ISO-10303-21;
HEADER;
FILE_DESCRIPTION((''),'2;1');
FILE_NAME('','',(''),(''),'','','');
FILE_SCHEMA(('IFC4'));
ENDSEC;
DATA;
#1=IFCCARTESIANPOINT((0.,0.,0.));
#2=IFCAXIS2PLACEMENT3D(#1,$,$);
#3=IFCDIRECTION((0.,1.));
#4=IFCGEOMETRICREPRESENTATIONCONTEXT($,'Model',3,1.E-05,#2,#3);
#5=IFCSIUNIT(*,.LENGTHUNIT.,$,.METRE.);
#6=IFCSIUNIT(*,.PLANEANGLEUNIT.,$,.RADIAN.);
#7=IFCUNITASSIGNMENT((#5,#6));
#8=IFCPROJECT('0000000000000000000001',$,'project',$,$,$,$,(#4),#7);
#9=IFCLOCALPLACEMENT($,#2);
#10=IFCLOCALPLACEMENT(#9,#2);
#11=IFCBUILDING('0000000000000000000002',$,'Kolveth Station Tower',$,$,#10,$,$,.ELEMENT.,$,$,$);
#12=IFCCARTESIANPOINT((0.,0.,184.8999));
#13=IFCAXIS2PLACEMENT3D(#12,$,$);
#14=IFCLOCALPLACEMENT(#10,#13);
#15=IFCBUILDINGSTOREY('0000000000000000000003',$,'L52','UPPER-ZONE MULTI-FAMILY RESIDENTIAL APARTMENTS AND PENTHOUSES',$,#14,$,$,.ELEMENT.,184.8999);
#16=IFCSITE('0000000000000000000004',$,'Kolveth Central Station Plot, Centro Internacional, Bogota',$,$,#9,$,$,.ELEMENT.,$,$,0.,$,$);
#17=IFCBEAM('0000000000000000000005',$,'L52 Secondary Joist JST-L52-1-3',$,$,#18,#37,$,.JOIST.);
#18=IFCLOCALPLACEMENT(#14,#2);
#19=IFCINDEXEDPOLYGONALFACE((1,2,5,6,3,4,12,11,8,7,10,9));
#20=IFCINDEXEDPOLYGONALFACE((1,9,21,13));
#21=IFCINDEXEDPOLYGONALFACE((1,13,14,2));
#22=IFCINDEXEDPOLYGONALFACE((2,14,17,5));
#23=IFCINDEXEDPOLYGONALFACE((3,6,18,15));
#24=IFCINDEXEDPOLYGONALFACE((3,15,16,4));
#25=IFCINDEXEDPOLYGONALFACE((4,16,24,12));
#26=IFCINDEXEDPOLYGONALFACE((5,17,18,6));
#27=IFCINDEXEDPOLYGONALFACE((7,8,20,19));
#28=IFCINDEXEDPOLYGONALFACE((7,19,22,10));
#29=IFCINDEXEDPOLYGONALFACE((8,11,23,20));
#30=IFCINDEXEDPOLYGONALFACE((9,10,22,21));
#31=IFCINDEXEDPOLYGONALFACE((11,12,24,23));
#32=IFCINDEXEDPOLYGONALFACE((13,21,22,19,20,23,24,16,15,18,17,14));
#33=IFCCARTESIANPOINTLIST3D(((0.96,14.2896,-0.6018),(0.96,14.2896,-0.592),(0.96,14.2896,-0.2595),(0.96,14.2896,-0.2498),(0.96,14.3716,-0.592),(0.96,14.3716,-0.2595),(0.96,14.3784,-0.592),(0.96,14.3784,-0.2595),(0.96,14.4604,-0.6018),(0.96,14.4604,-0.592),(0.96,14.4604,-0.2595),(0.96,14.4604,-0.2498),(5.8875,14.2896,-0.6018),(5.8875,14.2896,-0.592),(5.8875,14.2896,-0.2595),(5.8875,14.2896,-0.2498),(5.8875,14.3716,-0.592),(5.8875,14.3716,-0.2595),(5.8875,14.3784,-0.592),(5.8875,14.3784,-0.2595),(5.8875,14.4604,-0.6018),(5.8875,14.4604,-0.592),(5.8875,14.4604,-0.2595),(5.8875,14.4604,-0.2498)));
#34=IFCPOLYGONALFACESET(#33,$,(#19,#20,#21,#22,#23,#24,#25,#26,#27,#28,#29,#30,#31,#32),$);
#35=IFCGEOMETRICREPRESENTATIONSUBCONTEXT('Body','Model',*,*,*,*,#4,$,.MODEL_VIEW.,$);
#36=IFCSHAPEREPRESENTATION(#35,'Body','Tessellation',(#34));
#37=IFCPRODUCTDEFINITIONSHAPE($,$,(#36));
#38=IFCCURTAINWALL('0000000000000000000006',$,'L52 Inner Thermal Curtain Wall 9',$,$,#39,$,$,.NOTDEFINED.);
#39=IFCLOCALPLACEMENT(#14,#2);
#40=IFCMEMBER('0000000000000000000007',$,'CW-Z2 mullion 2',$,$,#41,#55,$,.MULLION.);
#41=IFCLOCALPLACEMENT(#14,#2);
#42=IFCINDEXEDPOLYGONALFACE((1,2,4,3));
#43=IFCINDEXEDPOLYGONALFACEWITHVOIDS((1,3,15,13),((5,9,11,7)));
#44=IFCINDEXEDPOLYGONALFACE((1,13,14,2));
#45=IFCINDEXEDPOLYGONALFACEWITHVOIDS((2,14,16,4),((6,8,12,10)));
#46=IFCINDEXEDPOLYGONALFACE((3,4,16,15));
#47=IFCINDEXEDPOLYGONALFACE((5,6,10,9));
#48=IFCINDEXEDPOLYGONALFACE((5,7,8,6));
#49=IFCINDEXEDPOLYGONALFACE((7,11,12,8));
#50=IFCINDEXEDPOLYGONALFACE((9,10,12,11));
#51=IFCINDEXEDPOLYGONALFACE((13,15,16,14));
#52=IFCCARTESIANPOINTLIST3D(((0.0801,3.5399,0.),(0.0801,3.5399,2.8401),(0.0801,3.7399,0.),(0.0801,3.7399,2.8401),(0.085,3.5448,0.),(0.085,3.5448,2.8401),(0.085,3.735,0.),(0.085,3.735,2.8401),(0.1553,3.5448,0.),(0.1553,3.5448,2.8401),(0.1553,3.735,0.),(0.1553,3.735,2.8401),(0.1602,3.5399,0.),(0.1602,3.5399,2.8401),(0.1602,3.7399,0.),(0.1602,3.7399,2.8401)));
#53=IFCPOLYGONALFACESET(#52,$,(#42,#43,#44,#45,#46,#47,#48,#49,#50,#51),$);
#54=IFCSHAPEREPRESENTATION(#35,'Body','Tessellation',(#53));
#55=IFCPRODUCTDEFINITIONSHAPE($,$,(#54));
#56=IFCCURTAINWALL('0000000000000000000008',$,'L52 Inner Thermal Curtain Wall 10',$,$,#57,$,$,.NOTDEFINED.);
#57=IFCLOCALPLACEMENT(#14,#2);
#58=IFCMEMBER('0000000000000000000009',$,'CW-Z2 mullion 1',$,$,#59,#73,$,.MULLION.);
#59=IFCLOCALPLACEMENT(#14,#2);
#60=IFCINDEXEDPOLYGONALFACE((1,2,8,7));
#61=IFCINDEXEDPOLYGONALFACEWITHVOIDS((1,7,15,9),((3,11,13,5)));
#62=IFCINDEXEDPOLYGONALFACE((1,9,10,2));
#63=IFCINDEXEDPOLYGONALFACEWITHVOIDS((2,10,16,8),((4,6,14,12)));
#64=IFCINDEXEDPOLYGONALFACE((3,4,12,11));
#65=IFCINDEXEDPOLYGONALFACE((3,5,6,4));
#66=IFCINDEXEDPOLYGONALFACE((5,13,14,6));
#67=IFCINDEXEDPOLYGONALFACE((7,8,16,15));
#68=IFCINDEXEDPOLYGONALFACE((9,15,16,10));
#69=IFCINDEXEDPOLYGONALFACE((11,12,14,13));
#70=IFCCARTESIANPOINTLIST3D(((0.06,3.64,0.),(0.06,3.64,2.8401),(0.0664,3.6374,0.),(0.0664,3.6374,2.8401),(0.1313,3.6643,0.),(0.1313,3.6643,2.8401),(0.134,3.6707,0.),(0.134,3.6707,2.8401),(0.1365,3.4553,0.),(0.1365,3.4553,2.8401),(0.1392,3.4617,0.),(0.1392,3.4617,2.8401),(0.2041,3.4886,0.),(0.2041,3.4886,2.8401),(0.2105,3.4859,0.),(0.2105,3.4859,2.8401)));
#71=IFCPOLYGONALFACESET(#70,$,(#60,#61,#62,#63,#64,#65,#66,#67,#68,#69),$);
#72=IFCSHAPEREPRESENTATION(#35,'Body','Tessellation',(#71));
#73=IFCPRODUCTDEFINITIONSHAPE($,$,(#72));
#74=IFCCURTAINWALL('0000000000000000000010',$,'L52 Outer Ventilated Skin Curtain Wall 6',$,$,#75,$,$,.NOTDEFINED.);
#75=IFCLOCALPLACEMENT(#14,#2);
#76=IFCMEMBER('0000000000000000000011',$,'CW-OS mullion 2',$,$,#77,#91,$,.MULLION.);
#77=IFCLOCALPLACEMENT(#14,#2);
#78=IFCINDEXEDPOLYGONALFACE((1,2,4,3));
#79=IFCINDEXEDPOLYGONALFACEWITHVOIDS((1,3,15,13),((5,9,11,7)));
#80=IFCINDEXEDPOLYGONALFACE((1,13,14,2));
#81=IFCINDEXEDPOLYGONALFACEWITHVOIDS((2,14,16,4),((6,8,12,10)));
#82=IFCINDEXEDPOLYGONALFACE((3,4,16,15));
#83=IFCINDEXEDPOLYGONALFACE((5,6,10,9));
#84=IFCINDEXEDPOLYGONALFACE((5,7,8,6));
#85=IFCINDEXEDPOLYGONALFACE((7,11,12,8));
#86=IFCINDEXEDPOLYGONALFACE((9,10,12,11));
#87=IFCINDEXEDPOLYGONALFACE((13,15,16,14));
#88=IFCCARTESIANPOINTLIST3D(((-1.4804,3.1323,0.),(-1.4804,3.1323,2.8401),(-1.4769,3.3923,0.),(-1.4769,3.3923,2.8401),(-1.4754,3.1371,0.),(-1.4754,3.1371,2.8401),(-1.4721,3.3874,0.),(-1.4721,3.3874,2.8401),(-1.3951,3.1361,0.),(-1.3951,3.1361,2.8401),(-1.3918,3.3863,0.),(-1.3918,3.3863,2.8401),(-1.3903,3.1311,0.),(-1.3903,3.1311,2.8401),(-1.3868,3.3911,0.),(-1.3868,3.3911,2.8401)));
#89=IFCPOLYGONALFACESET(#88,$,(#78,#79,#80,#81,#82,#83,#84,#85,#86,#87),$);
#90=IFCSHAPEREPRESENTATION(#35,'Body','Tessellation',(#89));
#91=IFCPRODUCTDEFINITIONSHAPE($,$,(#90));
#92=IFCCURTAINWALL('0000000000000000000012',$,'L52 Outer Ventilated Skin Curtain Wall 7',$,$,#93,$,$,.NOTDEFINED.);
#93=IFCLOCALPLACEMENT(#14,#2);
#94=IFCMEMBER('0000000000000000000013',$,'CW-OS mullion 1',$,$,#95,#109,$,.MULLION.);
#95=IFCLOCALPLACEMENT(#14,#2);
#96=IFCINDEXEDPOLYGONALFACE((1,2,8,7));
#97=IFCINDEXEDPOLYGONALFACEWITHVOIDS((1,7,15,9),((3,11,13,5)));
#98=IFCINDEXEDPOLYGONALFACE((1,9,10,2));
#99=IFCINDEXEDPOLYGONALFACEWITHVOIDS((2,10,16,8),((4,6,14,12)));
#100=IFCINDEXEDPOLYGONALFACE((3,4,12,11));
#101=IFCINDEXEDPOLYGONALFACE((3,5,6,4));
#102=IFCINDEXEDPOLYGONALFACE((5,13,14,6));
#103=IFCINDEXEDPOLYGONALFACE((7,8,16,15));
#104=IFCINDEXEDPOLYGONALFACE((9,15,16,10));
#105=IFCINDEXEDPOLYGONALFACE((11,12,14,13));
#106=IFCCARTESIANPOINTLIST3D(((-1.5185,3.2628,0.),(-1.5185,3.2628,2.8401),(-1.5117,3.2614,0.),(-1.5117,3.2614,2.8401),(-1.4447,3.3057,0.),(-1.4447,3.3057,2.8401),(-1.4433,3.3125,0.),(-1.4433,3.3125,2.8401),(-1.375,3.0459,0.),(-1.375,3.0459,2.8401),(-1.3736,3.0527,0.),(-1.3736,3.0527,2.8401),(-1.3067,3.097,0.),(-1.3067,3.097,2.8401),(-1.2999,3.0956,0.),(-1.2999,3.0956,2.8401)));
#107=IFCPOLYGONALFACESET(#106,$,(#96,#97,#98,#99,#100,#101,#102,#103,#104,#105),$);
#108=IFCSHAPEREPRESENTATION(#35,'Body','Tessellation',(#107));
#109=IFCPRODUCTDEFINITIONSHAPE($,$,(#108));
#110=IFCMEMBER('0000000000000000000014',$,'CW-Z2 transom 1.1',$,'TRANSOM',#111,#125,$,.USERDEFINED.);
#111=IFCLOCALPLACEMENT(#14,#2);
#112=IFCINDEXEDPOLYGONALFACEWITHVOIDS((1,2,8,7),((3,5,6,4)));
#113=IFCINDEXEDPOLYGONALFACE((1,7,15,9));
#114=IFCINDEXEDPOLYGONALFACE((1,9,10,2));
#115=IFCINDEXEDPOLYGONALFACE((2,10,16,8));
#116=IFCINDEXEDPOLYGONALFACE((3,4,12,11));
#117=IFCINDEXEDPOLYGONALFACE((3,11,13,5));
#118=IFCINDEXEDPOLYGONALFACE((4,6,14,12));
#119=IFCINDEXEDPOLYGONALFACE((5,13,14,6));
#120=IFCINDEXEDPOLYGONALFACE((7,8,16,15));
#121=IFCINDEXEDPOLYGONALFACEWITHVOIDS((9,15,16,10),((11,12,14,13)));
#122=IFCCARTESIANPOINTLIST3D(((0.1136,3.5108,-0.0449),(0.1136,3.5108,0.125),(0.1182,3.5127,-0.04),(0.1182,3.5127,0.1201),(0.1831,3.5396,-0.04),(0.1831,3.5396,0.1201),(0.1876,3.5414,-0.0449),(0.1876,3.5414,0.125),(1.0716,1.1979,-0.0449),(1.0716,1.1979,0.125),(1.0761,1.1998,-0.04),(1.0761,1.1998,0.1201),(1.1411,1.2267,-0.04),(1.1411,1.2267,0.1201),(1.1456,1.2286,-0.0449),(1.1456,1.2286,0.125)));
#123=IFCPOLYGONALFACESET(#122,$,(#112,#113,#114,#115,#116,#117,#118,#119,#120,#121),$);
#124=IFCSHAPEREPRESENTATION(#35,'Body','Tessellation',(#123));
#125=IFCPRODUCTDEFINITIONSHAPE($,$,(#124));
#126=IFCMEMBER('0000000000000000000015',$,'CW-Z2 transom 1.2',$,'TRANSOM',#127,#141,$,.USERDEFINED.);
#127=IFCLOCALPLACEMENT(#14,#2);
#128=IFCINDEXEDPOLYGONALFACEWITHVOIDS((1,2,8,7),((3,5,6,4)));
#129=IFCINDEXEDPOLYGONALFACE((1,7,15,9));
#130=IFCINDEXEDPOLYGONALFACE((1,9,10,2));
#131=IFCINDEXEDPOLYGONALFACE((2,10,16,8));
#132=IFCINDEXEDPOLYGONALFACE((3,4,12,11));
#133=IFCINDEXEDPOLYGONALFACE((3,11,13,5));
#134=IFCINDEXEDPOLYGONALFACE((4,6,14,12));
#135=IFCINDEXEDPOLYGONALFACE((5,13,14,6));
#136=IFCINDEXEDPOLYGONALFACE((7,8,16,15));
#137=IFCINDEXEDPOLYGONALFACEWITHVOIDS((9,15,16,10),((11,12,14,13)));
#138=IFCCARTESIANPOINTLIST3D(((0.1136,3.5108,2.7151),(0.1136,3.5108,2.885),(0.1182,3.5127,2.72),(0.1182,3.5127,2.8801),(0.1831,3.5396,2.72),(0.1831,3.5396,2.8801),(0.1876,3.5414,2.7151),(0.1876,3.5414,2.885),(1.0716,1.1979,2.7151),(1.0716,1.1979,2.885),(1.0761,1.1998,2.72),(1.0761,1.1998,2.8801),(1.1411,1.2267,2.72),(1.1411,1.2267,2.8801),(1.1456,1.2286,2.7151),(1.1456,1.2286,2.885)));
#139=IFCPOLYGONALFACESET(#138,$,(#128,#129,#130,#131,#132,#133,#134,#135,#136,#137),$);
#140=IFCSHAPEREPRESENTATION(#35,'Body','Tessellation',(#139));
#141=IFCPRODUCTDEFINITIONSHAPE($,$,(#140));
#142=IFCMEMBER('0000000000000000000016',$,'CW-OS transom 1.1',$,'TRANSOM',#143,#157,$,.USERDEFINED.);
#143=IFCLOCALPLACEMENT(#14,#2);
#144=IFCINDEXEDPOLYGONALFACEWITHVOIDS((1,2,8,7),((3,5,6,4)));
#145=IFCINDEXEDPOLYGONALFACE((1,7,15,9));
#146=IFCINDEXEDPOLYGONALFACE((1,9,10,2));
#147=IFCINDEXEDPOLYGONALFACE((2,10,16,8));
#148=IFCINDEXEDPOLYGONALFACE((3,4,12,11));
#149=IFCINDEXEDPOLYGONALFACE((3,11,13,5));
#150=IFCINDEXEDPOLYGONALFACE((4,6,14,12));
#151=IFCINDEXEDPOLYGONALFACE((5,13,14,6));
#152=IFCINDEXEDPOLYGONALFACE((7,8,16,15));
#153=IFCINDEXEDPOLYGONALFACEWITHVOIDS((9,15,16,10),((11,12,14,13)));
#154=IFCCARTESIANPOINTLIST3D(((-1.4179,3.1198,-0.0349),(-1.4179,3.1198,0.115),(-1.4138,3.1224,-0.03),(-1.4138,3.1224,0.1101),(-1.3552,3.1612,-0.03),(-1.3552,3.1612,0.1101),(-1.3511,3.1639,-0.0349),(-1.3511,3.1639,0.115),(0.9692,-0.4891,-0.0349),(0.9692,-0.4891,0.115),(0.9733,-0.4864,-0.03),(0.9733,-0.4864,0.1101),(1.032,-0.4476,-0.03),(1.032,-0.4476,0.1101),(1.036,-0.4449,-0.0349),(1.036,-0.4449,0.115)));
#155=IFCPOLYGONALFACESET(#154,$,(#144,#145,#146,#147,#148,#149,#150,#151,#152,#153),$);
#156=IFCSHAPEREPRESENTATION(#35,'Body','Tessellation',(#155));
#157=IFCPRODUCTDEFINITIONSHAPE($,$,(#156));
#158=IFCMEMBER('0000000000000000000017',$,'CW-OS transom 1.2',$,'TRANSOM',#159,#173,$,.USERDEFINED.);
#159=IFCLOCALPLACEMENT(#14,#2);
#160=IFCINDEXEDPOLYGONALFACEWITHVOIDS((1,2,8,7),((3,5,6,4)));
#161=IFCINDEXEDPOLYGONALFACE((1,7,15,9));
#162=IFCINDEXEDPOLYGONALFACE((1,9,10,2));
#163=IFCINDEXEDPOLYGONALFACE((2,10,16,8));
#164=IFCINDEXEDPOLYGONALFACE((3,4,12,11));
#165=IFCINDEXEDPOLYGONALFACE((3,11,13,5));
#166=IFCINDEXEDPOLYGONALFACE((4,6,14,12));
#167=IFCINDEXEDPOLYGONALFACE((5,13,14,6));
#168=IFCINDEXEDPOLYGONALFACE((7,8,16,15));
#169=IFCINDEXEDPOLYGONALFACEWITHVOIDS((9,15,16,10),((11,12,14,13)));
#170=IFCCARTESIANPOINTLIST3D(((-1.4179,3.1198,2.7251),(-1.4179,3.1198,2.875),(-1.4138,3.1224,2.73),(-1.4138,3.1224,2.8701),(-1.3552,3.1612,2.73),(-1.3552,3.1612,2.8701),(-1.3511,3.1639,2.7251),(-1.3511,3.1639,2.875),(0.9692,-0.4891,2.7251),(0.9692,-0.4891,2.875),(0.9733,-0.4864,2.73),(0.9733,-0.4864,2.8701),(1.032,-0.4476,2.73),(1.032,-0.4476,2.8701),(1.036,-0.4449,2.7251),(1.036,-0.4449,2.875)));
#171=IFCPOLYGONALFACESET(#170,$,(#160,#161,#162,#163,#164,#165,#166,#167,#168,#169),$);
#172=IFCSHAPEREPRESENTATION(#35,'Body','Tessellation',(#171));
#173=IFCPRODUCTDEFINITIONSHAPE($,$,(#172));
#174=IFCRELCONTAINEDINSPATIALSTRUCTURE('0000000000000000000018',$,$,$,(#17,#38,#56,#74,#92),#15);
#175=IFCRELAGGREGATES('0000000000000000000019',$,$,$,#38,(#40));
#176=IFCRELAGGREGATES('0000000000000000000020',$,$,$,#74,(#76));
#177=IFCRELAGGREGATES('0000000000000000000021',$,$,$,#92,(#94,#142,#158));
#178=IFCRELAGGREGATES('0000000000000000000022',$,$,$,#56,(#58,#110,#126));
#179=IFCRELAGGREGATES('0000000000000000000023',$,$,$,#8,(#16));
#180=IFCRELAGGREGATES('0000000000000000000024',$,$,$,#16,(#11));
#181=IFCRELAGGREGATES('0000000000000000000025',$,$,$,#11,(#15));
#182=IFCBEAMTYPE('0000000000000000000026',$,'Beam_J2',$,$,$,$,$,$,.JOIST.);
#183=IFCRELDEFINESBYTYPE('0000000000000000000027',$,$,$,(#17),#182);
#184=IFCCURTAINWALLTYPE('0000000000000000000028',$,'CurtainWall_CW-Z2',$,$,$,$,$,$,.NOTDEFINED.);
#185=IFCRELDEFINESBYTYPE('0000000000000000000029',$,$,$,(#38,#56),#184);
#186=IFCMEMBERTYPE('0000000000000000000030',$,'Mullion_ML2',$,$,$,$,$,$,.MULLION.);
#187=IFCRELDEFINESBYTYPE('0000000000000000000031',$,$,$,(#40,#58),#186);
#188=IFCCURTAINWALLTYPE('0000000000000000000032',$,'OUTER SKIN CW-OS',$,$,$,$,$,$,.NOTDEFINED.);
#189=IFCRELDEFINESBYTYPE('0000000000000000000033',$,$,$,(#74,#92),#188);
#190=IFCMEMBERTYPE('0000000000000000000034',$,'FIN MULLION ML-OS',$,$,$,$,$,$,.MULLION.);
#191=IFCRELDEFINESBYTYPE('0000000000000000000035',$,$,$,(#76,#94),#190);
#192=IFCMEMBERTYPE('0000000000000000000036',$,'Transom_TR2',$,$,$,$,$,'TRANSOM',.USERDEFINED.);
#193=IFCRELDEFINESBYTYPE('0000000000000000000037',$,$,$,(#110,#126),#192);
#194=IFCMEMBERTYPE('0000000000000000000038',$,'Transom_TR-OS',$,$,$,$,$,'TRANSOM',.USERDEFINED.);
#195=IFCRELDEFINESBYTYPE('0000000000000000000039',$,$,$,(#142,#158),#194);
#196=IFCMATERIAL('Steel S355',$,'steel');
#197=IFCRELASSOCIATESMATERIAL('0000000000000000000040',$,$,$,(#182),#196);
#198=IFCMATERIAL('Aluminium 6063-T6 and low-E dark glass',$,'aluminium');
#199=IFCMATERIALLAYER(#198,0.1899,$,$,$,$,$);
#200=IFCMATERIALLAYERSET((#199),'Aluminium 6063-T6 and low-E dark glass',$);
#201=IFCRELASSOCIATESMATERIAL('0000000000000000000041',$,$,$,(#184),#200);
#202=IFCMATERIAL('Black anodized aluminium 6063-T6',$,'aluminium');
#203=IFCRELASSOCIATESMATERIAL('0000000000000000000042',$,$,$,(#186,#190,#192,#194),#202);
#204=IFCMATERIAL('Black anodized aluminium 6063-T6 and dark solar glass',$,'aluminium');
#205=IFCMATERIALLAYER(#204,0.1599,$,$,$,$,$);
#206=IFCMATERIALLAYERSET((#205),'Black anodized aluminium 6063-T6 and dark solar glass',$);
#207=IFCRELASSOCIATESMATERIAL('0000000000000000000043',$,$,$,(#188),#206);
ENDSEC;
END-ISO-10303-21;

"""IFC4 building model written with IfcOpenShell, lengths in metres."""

from ifc_helpers import new_model, si_unit, direction, frame, origin, origin_2d, place, context, subcontext, project, spatial, hollow_rectangle, i_section, extrude, source, transform, mapped, material, layer, layer_set, material_profile, profile_set, type_object, element, aggregate, save


model = new_model("IFC4")

# Units and contexts
model_context = context("Model", 3, precision=1e-05, world=origin(), true_north=direction((0.0, 1.0)))
body_context = subcontext(model_context, "Body", "Model", "MODEL_VIEW")
ifc_project = project(units=[si_unit("LENGTHUNIT", "METRE"), si_unit("PLANEANGLEUNIT", "RADIAN")], contexts=[model_context])

# Site, building, storey
site_placement = place(None, origin())
site = spatial("IfcSite", under=ifc_project, at=site_placement, Name="Kolveth Central Station Plot, Centro Internacional, Bogota", CompositionType="ELEMENT", RefElevation=0.0)
building_placement = place(site_placement, origin())
building = spatial("IfcBuilding", under=site, at=building_placement, Name="Kolveth Station Tower", CompositionType="ELEMENT")
storey_placement = place(building_placement, frame((0.0, 0.0, 184.8999)))
storey = spatial("IfcBuildingStorey", under=building, at=storey_placement, Name="L52", Description="UPPER-ZONE MULTI-FAMILY RESIDENTIAL APARTMENTS AND PENTHOUSES", CompositionType="ELEMENT", Elevation=184.8999)

# Shared definitions
ifc_material_1 = material(Name="Steel S355", Category="steel")

# Beam
ifc_material_profile_1 = material_profile(ifc_material_1, i_section(OverallWidth=0.1709, OverallDepth=0.3521, WebThickness=0.0068, FlangeThickness=0.0098, at=origin_2d()), Name="W360x44")
ifc_profile_set_1 = profile_set([ifc_material_profile_1], Name="Steel S355")
beam_type_1 = type_object("IfcBeamType", Name="Beam_J2", PredefinedType="JOIST", material=ifc_profile_set_1)
shared_shape_1 = source(origin(), body_context, "Body", "SweptSolid", [
    extrude(i_section(OverallWidth=0.1709, OverallDepth=0.3521, WebThickness=0.0068, FlangeThickness=0.0098, at=origin_2d()), origin(), (0.0, 0.0, 1.0), 4.9275),
])
for number, where, z_axis, x_axis, name in (
    (1, (0.96, 14.375, -0.4258), (1.0, 0.0, 0.0), (0.0, 1.0, 0.0), "L52 Secondary Joist JST-L52-1-3"),
):
    element("IfcBeam", number, at=place(storey_placement, frame(where, z_axis=z_axis, x_axis=x_axis)), inside=storey, type_object=beam_type_1, Name=name, PredefinedType="JOIST", context=body_context, shape_type="MappedRepresentation", body=[
        mapped(shared_shape_1, transform((0.0, 0.0, 0.0), x_axis=(1.0, 0.0, 0.0), y_axis=(0.0, 1.0, 0.0), z_axis=(0.0, 0.0, 1.0), scale=1.0)),
    ])

# Curtain walls, members
ifc_material_2 = material(Name="Aluminium 6063-T6 and low-E dark glass", Category="aluminium")
ifc_layer_1 = layer(ifc_material_2, 0.1899)
ifc_layer_set_1 = layer_set([ifc_layer_1], Name="Aluminium 6063-T6 and low-E dark glass")
curtain_wall_type_1 = type_object("IfcCurtainWallType", Name="CurtainWall_CW-Z2", PredefinedType="NOTDEFINED", material=ifc_layer_set_1)
curtain_wall_1_placement = place(storey_placement, origin())
curtain_wall_1 = element("IfcCurtainWall", 2, at=curtain_wall_1_placement, inside=storey, type_object=curtain_wall_type_1, Name="L52 Inner Thermal Curtain Wall 9", PredefinedType="NOTDEFINED")
ifc_material_3 = material(Name="Black anodized aluminium 6063-T6", Category="aluminium")
ifc_material_profile_2 = material_profile(ifc_material_3, hollow_rectangle(XDim=0.0801, YDim=0.2, WallThickness=0.0049, at=origin_2d()), Name="ALU-80x200x5")
ifc_profile_set_2 = profile_set([ifc_material_profile_2], Name="Black anodized aluminium 6063-T6")
member_type_1 = type_object("IfcMemberType", Name="Mullion_ML2", PredefinedType="MULLION", material=ifc_profile_set_2)
shared_shape_2 = source(origin(), body_context, "Body", "SweptSolid", [
    extrude(hollow_rectangle(XDim=0.0801, YDim=0.2, WallThickness=0.0049, at=origin_2d()), origin(), (0.0, 0.0, 1.0), 2.8401),
])
member_1_placement = place(storey_placement, frame((0.1201, 3.6399, 0.0), z_axis=(0.0, 0.0, 1.0), x_axis=(1.0, 0.0, 0.0)))
member_1 = element("IfcMember", 3, at=member_1_placement, type_object=member_type_1, Name="CW-Z2 mullion 2", PredefinedType="MULLION", context=body_context, shape_type="MappedRepresentation", body=[
    mapped(shared_shape_2, transform((0.0, 0.0, 0.0), x_axis=(1.0, 0.0, 0.0), y_axis=(0.0, 1.0, 0.0), z_axis=(0.0, 0.0, 1.0), scale=1.0)),
])
aggregate(curtain_wall_1, [member_1])
curtain_wall_2_placement = place(storey_placement, origin())
curtain_wall_2 = element("IfcCurtainWall", 4, at=curtain_wall_2_placement, inside=storey, type_object=curtain_wall_type_1, Name="L52 Inner Thermal Curtain Wall 10", PredefinedType="NOTDEFINED")
member_2_placement = place(storey_placement, frame((0.1353, 3.563, 0.0), z_axis=(0.0, 0.0, 1.0), x_axis=(0.923874, 0.382698, 0.0)))
member_2 = element("IfcMember", 5, at=member_2_placement, type_object=member_type_1, Name="CW-Z2 mullion 1", PredefinedType="MULLION", context=body_context, shape_type="MappedRepresentation", body=[
    mapped(shared_shape_2, transform((0.0, 0.0, 0.0), x_axis=(1.0, 0.0, 0.0), y_axis=(0.0, 1.0, 0.0), z_axis=(0.0, 0.0, 1.0), scale=1.0)),
])
ifc_material_4 = material(Name="Black anodized aluminium 6063-T6 and dark solar glass", Category="aluminium")
ifc_layer_2 = layer(ifc_material_4, 0.1599)
ifc_layer_set_2 = layer_set([ifc_layer_2], Name="Black anodized aluminium 6063-T6 and dark solar glass")
curtain_wall_type_2 = type_object("IfcCurtainWallType", Name="OUTER SKIN CW-OS", PredefinedType="NOTDEFINED", material=ifc_layer_set_2)
curtain_wall_3_placement = place(storey_placement, origin())
curtain_wall_3 = element("IfcCurtainWall", 6, at=curtain_wall_3_placement, inside=storey, type_object=curtain_wall_type_2, Name="L52 Outer Ventilated Skin Curtain Wall 6", PredefinedType="NOTDEFINED")
ifc_material_profile_3 = material_profile(ifc_material_3, hollow_rectangle(XDim=0.0901, YDim=0.26, WallThickness=0.0049, at=origin_2d()), Name="ALU-90x260x5")
ifc_profile_set_3 = profile_set([ifc_material_profile_3], Name="Black anodized aluminium 6063-T6")
member_type_2 = type_object("IfcMemberType", Name="FIN MULLION ML-OS", PredefinedType="MULLION", material=ifc_profile_set_3)
shared_shape_3 = source(origin(), body_context, "Body", "SweptSolid", [
    extrude(hollow_rectangle(XDim=0.0901, YDim=0.26, WallThickness=0.0049, at=origin_2d()), origin(), (0.0, 0.0, 1.0), 2.8401),
])
member_3_placement = place(storey_placement, frame((-1.4336, 3.2617, 0.0), z_axis=(0.0, 0.0, 1.0), x_axis=(0.999912, -0.01328, 0.0)))
member_3 = element("IfcMember", 7, at=member_3_placement, type_object=member_type_2, Name="CW-OS mullion 2", PredefinedType="MULLION", context=body_context, shape_type="MappedRepresentation", body=[
    mapped(shared_shape_3, transform((0.0, 0.0, 0.0), x_axis=(1.0, 0.0, 0.0), y_axis=(0.0, 1.0, 0.0), z_axis=(0.0, 0.0, 1.0), scale=1.0)),
])
aggregate(curtain_wall_3, [member_3])
curtain_wall_4_placement = place(storey_placement, origin())
curtain_wall_4 = element("IfcCurtainWall", 8, at=curtain_wall_4_placement, inside=storey, type_object=curtain_wall_type_2, Name="L52 Outer Ventilated Skin Curtain Wall 7", PredefinedType="NOTDEFINED")
member_4_placement = place(storey_placement, frame((-1.4092, 3.1792, 0.0), z_axis=(0.0, 0.0, 1.0), x_axis=(0.834035, 0.551711, 0.0)))
member_4 = element("IfcMember", 9, at=member_4_placement, type_object=member_type_2, Name="CW-OS mullion 1", PredefinedType="MULLION", context=body_context, shape_type="MappedRepresentation", body=[
    mapped(shared_shape_3, transform((0.0, 0.0, 0.0), x_axis=(1.0, 0.0, 0.0), y_axis=(0.0, 1.0, 0.0), z_axis=(0.0, 0.0, 1.0), scale=1.0)),
])

# Members
ifc_material_profile_4 = material_profile(ifc_material_3, hollow_rectangle(XDim=0.0801, YDim=0.1699, WallThickness=0.0049, at=origin_2d()), Name="ALU-80x170x5")
ifc_profile_set_4 = profile_set([ifc_material_profile_4], Name="Black anodized aluminium 6063-T6")
member_type_3 = type_object("IfcMemberType", Name="Transom_TR2", ElementType="TRANSOM", PredefinedType="USERDEFINED", material=ifc_profile_set_4)
shared_shape_4 = source(origin(), body_context, "Body", "SweptSolid", [
    extrude(hollow_rectangle(XDim=0.0801, YDim=0.1699, WallThickness=0.0049, at=origin_2d()), origin(), (0.0, 0.0, 1.0), 2.5034),
])
member_5_placement = place(storey_placement, frame((0.1506, 3.5261, 0.04), z_axis=(0.382662, -0.923888, 0.0), x_axis=(0.923888, 0.382662, 0.0)))
member_5 = element("IfcMember", 10, at=member_5_placement, type_object=member_type_3, Name="CW-Z2 transom 1.1", ObjectType="TRANSOM", PredefinedType="USERDEFINED", context=body_context, shape_type="MappedRepresentation", body=[
    mapped(shared_shape_4, transform((0.0, 0.0, 0.0), x_axis=(1.0, 0.0, 0.0), y_axis=(0.0, 1.0, 0.0), z_axis=(0.0, 0.0, 1.0), scale=1.0)),
])
member_6_placement = place(storey_placement, frame((0.1506, 3.5261, 2.8), z_axis=(0.382662, -0.923888, 0.0), x_axis=(0.923888, 0.382662, 0.0)))
member_6 = element("IfcMember", 11, at=member_6_placement, type_object=member_type_3, Name="CW-Z2 transom 1.2", ObjectType="TRANSOM", PredefinedType="USERDEFINED", context=body_context, shape_type="MappedRepresentation", body=[
    mapped(shared_shape_4, transform((0.0, 0.0, 0.0), x_axis=(1.0, 0.0, 0.0), y_axis=(0.0, 1.0, 0.0), z_axis=(0.0, 0.0, 1.0), scale=1.0)),
])
ifc_material_profile_5 = material_profile(ifc_material_3, hollow_rectangle(XDim=0.0801, YDim=0.1499, WallThickness=0.0049, at=origin_2d()), Name="ALU-80x150x5")
ifc_profile_set_5 = profile_set([ifc_material_profile_5], Name="Black anodized aluminium 6063-T6")
member_type_4 = type_object("IfcMemberType", Name="Transom_TR-OS", ElementType="TRANSOM", PredefinedType="USERDEFINED", material=ifc_profile_set_5)
shared_shape_5 = source(origin(), body_context, "Body", "SweptSolid", [
    extrude(hollow_rectangle(XDim=0.0801, YDim=0.1499, WallThickness=0.0049, at=origin_2d()), origin(), (0.0, 0.0, 1.0), 4.3269),
])
member_7_placement = place(storey_placement, frame((-1.3845, 3.1418, 0.04), z_axis=(0.551702, -0.834041, 0.0), x_axis=(0.834041, 0.551702, 0.0)))
member_7 = element("IfcMember", 12, at=member_7_placement, type_object=member_type_4, Name="CW-OS transom 1.1", ObjectType="TRANSOM", PredefinedType="USERDEFINED", context=body_context, shape_type="MappedRepresentation", body=[
    mapped(shared_shape_5, transform((0.0, 0.0, 0.0), x_axis=(1.0, 0.0, 0.0), y_axis=(0.0, 1.0, 0.0), z_axis=(0.0, 0.0, 1.0), scale=1.0)),
])
member_8_placement = place(storey_placement, frame((-1.3845, 3.1418, 2.8), z_axis=(0.551702, -0.834041, 0.0), x_axis=(0.834041, 0.551702, 0.0)))
member_8 = element("IfcMember", 13, at=member_8_placement, type_object=member_type_4, Name="CW-OS transom 1.2", ObjectType="TRANSOM", PredefinedType="USERDEFINED", context=body_context, shape_type="MappedRepresentation", body=[
    mapped(shared_shape_5, transform((0.0, 0.0, 0.0), x_axis=(1.0, 0.0, 0.0), y_axis=(0.0, 1.0, 0.0), z_axis=(0.0, 0.0, 1.0), scale=1.0)),
])
aggregate(curtain_wall_4, [member_4, member_7, member_8])

aggregate(curtain_wall_2, [member_2, member_5, member_6])

save(model, "model.ifc")
